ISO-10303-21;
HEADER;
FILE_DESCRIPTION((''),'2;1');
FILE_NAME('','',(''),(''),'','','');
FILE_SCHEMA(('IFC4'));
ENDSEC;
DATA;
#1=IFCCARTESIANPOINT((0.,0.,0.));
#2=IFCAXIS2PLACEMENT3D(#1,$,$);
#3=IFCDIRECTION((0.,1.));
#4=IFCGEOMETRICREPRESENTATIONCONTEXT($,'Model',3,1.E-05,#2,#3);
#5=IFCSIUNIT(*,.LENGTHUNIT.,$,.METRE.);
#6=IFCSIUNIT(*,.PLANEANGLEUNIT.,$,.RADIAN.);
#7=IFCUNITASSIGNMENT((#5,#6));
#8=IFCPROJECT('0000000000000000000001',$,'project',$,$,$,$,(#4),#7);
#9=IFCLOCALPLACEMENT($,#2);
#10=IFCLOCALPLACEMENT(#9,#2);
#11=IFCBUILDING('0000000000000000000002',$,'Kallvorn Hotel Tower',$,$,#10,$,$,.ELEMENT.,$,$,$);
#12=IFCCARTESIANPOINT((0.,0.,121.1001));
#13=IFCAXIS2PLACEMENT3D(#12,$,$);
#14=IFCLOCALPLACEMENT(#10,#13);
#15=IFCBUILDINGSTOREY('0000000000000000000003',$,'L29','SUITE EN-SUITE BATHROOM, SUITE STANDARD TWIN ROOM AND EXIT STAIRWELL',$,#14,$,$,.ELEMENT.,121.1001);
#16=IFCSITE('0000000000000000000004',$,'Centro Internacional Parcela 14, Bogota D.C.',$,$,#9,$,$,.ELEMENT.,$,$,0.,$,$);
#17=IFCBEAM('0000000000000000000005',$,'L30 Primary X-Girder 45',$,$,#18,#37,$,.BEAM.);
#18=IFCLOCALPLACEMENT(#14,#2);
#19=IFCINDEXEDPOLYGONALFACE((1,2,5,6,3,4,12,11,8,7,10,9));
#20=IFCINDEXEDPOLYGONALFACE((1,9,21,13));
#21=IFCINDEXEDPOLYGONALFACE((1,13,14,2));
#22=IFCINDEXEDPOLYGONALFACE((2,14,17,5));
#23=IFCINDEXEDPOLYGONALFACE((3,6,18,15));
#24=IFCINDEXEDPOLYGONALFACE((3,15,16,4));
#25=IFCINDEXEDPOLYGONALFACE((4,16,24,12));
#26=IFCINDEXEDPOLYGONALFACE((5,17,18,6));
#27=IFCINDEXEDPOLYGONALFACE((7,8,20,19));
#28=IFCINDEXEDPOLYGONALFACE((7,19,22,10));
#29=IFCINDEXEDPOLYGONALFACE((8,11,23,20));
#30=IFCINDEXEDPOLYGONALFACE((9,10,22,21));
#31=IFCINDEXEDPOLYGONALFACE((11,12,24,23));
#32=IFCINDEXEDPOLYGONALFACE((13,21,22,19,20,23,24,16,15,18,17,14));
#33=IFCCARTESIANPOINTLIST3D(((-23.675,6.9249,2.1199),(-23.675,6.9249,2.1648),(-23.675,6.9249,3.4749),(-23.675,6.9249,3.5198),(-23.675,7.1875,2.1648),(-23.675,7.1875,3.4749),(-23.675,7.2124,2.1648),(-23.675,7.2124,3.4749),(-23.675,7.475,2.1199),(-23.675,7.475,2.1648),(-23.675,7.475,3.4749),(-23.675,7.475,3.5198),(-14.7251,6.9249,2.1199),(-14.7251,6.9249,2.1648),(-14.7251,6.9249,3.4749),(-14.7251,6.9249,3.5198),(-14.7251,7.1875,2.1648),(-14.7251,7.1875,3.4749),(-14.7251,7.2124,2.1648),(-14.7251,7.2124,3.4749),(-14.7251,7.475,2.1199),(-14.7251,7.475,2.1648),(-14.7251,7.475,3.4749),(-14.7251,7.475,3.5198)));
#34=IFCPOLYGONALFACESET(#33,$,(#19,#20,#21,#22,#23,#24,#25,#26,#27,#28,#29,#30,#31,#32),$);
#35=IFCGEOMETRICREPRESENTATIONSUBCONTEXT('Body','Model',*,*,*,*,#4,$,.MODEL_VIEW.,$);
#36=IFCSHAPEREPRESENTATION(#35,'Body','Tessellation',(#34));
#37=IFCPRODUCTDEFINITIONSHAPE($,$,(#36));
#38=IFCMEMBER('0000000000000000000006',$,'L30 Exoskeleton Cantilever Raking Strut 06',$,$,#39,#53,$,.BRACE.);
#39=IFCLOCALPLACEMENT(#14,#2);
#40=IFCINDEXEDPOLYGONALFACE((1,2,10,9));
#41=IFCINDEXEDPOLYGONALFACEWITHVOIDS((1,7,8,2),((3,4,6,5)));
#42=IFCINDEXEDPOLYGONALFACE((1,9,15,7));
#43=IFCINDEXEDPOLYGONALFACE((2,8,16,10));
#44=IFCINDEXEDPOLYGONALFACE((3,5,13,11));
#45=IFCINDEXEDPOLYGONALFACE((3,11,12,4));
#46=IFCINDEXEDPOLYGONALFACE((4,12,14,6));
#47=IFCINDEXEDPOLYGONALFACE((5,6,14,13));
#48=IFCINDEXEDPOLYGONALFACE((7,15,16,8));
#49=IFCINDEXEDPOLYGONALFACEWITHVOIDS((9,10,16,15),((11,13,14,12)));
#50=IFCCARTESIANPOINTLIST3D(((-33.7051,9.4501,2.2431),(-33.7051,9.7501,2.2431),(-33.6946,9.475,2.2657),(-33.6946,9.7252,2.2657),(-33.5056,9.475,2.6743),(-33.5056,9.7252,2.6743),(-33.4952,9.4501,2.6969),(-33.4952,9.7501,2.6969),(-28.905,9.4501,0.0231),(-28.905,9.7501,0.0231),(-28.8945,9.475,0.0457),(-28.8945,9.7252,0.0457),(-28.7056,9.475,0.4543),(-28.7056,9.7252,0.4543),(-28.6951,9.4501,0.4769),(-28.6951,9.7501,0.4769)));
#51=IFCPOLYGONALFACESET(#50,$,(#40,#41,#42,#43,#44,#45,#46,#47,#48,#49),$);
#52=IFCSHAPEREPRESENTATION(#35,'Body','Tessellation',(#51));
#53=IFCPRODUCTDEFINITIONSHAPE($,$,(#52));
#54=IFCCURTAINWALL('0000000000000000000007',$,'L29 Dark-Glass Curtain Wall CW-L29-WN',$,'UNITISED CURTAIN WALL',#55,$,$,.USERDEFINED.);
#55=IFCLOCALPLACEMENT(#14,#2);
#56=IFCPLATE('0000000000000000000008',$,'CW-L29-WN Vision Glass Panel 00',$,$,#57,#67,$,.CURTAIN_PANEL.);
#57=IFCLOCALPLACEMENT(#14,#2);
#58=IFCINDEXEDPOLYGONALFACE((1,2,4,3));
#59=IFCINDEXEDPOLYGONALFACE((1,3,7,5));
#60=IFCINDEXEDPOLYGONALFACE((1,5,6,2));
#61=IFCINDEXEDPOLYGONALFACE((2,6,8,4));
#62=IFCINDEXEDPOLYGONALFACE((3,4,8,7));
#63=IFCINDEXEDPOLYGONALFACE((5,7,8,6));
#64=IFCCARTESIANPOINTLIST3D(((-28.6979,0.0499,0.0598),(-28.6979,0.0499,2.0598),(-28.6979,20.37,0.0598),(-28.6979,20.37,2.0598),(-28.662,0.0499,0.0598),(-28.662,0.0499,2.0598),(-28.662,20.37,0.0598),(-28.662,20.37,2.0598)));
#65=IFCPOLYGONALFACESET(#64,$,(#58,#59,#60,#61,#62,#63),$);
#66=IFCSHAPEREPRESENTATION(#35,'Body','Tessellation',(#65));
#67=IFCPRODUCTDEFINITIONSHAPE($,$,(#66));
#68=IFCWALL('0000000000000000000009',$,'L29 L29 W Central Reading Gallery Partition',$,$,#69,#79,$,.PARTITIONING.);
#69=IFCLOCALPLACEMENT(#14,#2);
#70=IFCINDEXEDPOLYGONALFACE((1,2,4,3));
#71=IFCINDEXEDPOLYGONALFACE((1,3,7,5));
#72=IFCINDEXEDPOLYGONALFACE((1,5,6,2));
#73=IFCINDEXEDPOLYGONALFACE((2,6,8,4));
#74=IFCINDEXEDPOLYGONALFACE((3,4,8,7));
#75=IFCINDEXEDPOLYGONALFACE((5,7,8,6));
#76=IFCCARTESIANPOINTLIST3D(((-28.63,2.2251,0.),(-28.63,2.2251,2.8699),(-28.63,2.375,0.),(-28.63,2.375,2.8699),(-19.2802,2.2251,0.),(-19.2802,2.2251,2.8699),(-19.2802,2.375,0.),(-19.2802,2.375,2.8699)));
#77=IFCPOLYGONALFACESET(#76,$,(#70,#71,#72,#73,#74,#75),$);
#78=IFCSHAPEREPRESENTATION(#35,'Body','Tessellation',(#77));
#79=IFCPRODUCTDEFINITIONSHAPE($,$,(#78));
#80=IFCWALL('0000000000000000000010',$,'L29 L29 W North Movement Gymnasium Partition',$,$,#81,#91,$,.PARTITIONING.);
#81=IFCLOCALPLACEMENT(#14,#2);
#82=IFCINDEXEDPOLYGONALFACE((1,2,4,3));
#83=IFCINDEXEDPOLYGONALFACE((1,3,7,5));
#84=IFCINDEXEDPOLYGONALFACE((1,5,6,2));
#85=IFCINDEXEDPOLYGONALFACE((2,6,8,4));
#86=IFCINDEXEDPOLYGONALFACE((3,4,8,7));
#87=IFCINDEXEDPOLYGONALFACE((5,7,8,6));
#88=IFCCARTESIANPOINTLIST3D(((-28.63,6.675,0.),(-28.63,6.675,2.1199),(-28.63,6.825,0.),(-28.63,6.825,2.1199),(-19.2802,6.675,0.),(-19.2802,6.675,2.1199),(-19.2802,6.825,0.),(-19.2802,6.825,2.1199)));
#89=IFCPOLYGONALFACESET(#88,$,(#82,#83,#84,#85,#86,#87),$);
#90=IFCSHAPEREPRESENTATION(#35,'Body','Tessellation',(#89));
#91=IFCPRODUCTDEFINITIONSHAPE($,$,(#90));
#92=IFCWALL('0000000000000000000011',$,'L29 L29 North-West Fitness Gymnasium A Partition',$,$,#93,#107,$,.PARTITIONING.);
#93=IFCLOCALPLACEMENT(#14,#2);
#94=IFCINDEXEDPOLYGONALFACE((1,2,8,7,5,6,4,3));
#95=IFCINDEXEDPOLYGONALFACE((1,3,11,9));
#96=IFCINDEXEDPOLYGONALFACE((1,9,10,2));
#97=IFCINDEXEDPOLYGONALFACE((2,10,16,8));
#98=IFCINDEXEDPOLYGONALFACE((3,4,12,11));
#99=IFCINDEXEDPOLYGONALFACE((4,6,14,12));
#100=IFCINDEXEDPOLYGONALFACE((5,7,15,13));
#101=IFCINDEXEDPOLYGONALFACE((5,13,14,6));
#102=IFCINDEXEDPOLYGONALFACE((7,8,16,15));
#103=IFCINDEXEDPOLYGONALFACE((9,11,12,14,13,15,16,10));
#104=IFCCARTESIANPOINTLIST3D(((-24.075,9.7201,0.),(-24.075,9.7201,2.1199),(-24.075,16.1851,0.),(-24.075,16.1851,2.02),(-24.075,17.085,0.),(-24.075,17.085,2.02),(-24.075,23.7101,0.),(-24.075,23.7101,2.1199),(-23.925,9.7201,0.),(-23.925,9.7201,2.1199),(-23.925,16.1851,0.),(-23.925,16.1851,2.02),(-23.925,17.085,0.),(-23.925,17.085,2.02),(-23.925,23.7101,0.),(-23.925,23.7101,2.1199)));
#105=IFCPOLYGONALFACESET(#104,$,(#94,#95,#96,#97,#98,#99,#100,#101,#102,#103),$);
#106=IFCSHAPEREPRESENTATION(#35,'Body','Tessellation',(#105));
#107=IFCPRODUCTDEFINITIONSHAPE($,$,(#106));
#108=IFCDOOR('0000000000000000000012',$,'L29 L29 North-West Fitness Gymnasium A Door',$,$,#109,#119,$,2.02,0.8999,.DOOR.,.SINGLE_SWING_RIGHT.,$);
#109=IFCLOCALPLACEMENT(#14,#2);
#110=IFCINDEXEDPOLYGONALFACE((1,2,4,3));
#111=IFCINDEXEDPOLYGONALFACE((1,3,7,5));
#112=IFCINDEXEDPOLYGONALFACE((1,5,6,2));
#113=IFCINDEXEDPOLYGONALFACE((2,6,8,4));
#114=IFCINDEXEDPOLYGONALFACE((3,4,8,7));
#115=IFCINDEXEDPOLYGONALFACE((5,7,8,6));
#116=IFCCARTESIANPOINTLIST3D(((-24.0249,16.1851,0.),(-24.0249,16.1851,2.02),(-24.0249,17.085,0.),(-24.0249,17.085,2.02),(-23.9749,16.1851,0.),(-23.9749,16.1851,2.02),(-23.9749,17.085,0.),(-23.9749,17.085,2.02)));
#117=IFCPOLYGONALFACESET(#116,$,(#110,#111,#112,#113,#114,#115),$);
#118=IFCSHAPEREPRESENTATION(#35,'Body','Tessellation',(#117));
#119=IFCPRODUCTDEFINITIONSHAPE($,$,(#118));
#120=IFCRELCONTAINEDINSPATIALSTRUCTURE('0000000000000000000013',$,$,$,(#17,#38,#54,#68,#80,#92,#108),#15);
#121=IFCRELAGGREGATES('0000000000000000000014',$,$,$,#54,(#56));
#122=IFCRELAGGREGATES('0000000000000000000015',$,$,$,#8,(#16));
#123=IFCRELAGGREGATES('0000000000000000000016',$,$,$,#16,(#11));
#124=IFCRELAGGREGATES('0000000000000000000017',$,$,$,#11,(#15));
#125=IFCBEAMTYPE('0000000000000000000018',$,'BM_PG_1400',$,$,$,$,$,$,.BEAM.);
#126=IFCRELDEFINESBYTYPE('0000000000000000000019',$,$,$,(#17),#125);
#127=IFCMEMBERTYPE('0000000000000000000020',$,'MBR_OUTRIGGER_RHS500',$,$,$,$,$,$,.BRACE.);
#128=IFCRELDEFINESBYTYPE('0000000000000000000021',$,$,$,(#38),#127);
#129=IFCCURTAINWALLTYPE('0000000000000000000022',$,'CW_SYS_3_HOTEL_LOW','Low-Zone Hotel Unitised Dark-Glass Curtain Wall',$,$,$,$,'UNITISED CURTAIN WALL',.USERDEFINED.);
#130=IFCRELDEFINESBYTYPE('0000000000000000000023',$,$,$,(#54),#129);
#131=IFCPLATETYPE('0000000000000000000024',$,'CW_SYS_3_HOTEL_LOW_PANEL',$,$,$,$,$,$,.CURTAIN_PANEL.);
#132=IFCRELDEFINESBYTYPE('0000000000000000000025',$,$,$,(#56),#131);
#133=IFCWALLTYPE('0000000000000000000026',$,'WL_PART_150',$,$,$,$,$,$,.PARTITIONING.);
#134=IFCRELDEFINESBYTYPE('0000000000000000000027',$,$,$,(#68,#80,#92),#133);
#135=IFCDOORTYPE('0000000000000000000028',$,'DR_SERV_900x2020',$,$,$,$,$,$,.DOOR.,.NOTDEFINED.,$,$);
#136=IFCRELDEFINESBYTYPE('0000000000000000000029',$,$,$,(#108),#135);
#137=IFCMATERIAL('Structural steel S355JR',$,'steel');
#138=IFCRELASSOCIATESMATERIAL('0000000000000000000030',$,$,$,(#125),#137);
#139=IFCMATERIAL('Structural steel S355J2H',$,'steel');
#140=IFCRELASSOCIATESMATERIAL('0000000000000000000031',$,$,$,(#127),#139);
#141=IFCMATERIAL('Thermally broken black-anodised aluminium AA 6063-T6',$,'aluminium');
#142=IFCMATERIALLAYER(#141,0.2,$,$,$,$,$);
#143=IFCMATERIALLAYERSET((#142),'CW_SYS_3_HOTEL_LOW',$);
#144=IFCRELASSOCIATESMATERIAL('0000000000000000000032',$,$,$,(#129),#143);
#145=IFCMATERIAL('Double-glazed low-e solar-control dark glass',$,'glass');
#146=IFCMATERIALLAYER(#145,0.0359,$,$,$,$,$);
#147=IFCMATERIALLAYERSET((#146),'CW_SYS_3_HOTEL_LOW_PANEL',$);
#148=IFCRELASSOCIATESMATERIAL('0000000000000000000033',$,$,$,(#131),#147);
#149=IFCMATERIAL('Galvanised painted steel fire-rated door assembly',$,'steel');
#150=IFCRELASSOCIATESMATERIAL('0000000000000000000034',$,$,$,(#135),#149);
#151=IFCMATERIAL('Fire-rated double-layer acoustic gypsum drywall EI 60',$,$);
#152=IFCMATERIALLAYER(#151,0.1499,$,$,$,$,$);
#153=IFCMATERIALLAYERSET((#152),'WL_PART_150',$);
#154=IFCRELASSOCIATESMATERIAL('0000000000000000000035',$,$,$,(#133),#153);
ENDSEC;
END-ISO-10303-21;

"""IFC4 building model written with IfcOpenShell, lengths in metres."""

from ifc_helpers import new_model, si_unit, direction, frame, frame_2d, origin, origin_2d, place, context, subcontext, project, spatial, rectangle, hollow_rectangle, i_section, extrude, material, layer, layer_set, material_profile, profile_set, type_object, element, fill, aggregate, save


model = new_model("IFC4")

# Units and contexts
model_context = context("Model", 3, precision=1e-05, world=origin(), true_north=direction((0.0, 1.0)))
body_context = subcontext(model_context, "Body", "Model", "MODEL_VIEW")
ifc_project = project(units=[si_unit("LENGTHUNIT", "METRE"), si_unit("PLANEANGLEUNIT", "RADIAN")], contexts=[model_context])

# Site, building, storey
site_placement = place(None, origin())
site = spatial("IfcSite", under=ifc_project, at=site_placement, Name="Centro Internacional Parcela 14, Bogota D.C.", CompositionType="ELEMENT", RefElevation=0.0)
building_placement = place(site_placement, origin())
building = spatial("IfcBuilding", under=site, at=building_placement, Name="Kallvorn Hotel Tower", CompositionType="ELEMENT")
storey_placement = place(building_placement, frame((0.0, 0.0, 121.1001)))
storey = spatial("IfcBuildingStorey", under=building, at=storey_placement, Name="L29", Description="SUITE EN-SUITE BATHROOM, SUITE STANDARD TWIN ROOM AND EXIT STAIRWELL", CompositionType="ELEMENT", Elevation=121.1001)

# Beam
ifc_material_1 = material(Name="Structural steel S355JR", Category="steel")
ifc_material_profile_1 = material_profile(ifc_material_1, i_section(OverallWidth=0.55, OverallDepth=1.3999, WebThickness=0.0249, FlangeThickness=0.0449, at=origin_2d()), Name="PG 1400x550x25x45")
ifc_profile_set_1 = profile_set([ifc_material_profile_1], Name="Structural steel S355JR")
beam_type_1 = type_object("IfcBeamType", Name="BM_PG_1400", PredefinedType="BEAM", material=ifc_profile_set_1)
beam_1_placement = place(storey_placement, frame((-23.675, 7.2, 2.8198), z_axis=(1.0, 0.0, 0.0), x_axis=(0.0, 1.0, 0.0)))
element("IfcBeam", 1, at=beam_1_placement, inside=storey, type_object=beam_type_1, Name="L30 Primary X-Girder 45", PredefinedType="BEAM", context=body_context, shape_type="SweptSolid", body=[
    extrude(i_section(OverallWidth=0.55, OverallDepth=1.3999, WebThickness=0.0249, FlangeThickness=0.0449, at=origin_2d()), origin(), (0.0, 0.0, 1.0), 8.95),
])

# Member
ifc_material_2 = material(Name="Structural steel S355J2H", Category="steel")
ifc_material_profile_2 = material_profile(ifc_material_2, hollow_rectangle(XDim=0.3, YDim=0.5, WallThickness=0.0249, at=origin_2d()), Name="RHS 500x300x25")
ifc_profile_set_2 = profile_set([ifc_material_profile_2], Name="Structural steel S355J2H")
member_type = type_object("IfcMemberType", Name="MBR_OUTRIGGER_RHS500", PredefinedType="BRACE", material=ifc_profile_set_2)
member_placement = place(storey_placement, frame((-28.8, 9.6001, 0.25), z_axis=(-0.907631, 0.0, 0.419769), x_axis=(0.0, -1.0, 0.0)))
element("IfcMember", 2, at=member_placement, inside=storey, type_object=member_type, Name="L30 Exoskeleton Cantilever Raking Strut 06", PredefinedType="BRACE", context=body_context, shape_type="SweptSolid", body=[
    extrude(hollow_rectangle(XDim=0.3, YDim=0.5, WallThickness=0.0249, at=origin_2d()), origin(), (0.0, 0.0, 1.0), 5.2886),
])

# Curtain wall, plate
ifc_material_3 = material(Name="Thermally broken black-anodised aluminium AA 6063-T6", Category="aluminium")
ifc_layer_1 = layer(ifc_material_3, 0.2)
ifc_layer_set_1 = layer_set([ifc_layer_1], Name="CW_SYS_3_HOTEL_LOW")
curtain_wall_type = type_object("IfcCurtainWallType", Name="CW_SYS_3_HOTEL_LOW", Description="Low-Zone Hotel Unitised Dark-Glass Curtain Wall", ElementType="UNITISED CURTAIN WALL", PredefinedType="USERDEFINED", material=ifc_layer_set_1)
curtain_wall_placement = place(storey_placement, origin())
curtain_wall = element("IfcCurtainWall", 3, at=curtain_wall_placement, inside=storey, type_object=curtain_wall_type, Name="L29 Dark-Glass Curtain Wall CW-L29-WN", ObjectType="UNITISED CURTAIN WALL", PredefinedType="USERDEFINED")
ifc_material_4 = material(Name="Double-glazed low-e solar-control dark glass", Category="glass")
ifc_layer_2 = layer(ifc_material_4, 0.0359)
ifc_layer_set_2 = layer_set([ifc_layer_2], Name="CW_SYS_3_HOTEL_LOW_PANEL")
plate_type = type_object("IfcPlateType", Name="CW_SYS_3_HOTEL_LOW_PANEL", PredefinedType="CURTAIN_PANEL", material=ifc_layer_set_2)
plate_placement = place(storey_placement, frame((-28.6799, 10.21, 0.0598), z_axis=(0.0, 0.0, 1.0), x_axis=(0.0, 1.0, 0.0)))
plate = element("IfcPlate", 4, at=plate_placement, type_object=plate_type, Name="CW-L29-WN Vision Glass Panel 00", PredefinedType="CURTAIN_PANEL", context=body_context, shape_type="SweptSolid", body=[
    extrude(rectangle(XDim=20.3201, YDim=0.0359, at=origin_2d()), origin(), (0.0, 0.0, 1.0), 2.0),
])
aggregate(curtain_wall, [plate])

# Shared definitions
ifc_material_5 = material(Name="Galvanised painted steel fire-rated door assembly", Category="steel")
door_type_1 = type_object("IfcDoorType", Name="DR_SERV_900x2020", OperationType="NOTDEFINED", PredefinedType="DOOR", material=ifc_material_5)

# Walls
ifc_material_6 = material(Name="Fire-rated double-layer acoustic gypsum drywall EI 60")
ifc_layer_3 = layer(ifc_material_6, 0.1499)
ifc_layer_set_3 = layer_set([ifc_layer_3], Name="WL_PART_150")
wall_type_1 = type_object("IfcWallType", Name="WL_PART_150", PredefinedType="PARTITIONING", material=ifc_layer_set_3)
wall_1_placement = place(storey_placement, frame((-28.6299, 2.3, 0.0), z_axis=(0.0, 0.0, 1.0), x_axis=(1.0, 0.0, 0.0)))
element("IfcWall", 5, at=wall_1_placement, inside=storey, type_object=wall_type_1, Name="L29 L29 W Central Reading Gallery Partition", PredefinedType="PARTITIONING", context=body_context, shape_type="SweptSolid", body=[
    extrude(rectangle(XDim=9.3499, YDim=0.1499, at=frame_2d((4.6748, 0.0))), origin(), (0.0, 0.0, 1.0), 2.8699),
])
wall_2_placement = place(storey_placement, frame((-28.6299, 6.75, 0.0), z_axis=(0.0, 0.0, 1.0), x_axis=(1.0, 0.0, 0.0)))
element("IfcWall", 6, at=wall_2_placement, inside=storey, type_object=wall_type_1, Name="L29 L29 W North Movement Gymnasium Partition", PredefinedType="PARTITIONING", context=body_context, shape_type="SweptSolid", body=[
    extrude(rectangle(XDim=9.3499, YDim=0.1499, at=frame_2d((4.6748, 0.0))), origin(), (0.0, 0.0, 1.0), 2.1199),
])

# Wall, opening, door
wall_3_placement = place(storey_placement, frame((-24.0, 9.72, 0.0), z_axis=(0.0, 0.0, 1.0), x_axis=(0.0, 1.0, 0.0)))
wall_3 = element("IfcWall", 7, at=wall_3_placement, inside=storey, type_object=wall_type_1, Name="L29 L29 North-West Fitness Gymnasium A Partition", PredefinedType="PARTITIONING", context=body_context, shape_type="SweptSolid", body=[
    extrude(rectangle(XDim=13.99, YDim=0.1499, at=frame_2d((6.9951, 0.0))), origin(), (0.0, 0.0, 1.0), 2.1199),
])
opening_1_placement = place(wall_3_placement, frame((6.4651, 0.0, 0.0)))
opening_1 = element("IfcOpeningElement", 8, at=opening_1_placement, cuts=wall_3, PredefinedType="OPENING", context=body_context, shape_type="SweptSolid", body=[
    extrude(rectangle(XDim=0.8999, YDim=2.02, at=frame_2d((0.45, 1.01))), frame((0.0, 0.0898, 0.0), z_axis=(0.0, -1.0, 0.0), x_axis=(1.0, 0.0, 0.0)), (0.0, 0.0, 1.0), 0.1799),
])
door_1_placement = place(opening_1_placement, origin())
door_1 = element("IfcDoor", 9, at=door_1_placement, inside=storey, type_object=door_type_1, Name="L29 L29 North-West Fitness Gymnasium A Door", OperationType="SINGLE_SWING_RIGHT", OverallHeight=2.02, OverallWidth=0.8999, PredefinedType="DOOR", context=body_context, shape_type="SweptSolid", body=[
    extrude(rectangle(XDim=0.8999, YDim=2.02, at=frame_2d((0.45, 1.01))), frame((0.0, 0.0249, 0.0), z_axis=(0.0, -1.0, 0.0), x_axis=(1.0, 0.0, 0.0)), (0.0, 0.0, 1.0), 0.05),
])
fill(opening_1, door_1)

save(model, "model.ifc")
